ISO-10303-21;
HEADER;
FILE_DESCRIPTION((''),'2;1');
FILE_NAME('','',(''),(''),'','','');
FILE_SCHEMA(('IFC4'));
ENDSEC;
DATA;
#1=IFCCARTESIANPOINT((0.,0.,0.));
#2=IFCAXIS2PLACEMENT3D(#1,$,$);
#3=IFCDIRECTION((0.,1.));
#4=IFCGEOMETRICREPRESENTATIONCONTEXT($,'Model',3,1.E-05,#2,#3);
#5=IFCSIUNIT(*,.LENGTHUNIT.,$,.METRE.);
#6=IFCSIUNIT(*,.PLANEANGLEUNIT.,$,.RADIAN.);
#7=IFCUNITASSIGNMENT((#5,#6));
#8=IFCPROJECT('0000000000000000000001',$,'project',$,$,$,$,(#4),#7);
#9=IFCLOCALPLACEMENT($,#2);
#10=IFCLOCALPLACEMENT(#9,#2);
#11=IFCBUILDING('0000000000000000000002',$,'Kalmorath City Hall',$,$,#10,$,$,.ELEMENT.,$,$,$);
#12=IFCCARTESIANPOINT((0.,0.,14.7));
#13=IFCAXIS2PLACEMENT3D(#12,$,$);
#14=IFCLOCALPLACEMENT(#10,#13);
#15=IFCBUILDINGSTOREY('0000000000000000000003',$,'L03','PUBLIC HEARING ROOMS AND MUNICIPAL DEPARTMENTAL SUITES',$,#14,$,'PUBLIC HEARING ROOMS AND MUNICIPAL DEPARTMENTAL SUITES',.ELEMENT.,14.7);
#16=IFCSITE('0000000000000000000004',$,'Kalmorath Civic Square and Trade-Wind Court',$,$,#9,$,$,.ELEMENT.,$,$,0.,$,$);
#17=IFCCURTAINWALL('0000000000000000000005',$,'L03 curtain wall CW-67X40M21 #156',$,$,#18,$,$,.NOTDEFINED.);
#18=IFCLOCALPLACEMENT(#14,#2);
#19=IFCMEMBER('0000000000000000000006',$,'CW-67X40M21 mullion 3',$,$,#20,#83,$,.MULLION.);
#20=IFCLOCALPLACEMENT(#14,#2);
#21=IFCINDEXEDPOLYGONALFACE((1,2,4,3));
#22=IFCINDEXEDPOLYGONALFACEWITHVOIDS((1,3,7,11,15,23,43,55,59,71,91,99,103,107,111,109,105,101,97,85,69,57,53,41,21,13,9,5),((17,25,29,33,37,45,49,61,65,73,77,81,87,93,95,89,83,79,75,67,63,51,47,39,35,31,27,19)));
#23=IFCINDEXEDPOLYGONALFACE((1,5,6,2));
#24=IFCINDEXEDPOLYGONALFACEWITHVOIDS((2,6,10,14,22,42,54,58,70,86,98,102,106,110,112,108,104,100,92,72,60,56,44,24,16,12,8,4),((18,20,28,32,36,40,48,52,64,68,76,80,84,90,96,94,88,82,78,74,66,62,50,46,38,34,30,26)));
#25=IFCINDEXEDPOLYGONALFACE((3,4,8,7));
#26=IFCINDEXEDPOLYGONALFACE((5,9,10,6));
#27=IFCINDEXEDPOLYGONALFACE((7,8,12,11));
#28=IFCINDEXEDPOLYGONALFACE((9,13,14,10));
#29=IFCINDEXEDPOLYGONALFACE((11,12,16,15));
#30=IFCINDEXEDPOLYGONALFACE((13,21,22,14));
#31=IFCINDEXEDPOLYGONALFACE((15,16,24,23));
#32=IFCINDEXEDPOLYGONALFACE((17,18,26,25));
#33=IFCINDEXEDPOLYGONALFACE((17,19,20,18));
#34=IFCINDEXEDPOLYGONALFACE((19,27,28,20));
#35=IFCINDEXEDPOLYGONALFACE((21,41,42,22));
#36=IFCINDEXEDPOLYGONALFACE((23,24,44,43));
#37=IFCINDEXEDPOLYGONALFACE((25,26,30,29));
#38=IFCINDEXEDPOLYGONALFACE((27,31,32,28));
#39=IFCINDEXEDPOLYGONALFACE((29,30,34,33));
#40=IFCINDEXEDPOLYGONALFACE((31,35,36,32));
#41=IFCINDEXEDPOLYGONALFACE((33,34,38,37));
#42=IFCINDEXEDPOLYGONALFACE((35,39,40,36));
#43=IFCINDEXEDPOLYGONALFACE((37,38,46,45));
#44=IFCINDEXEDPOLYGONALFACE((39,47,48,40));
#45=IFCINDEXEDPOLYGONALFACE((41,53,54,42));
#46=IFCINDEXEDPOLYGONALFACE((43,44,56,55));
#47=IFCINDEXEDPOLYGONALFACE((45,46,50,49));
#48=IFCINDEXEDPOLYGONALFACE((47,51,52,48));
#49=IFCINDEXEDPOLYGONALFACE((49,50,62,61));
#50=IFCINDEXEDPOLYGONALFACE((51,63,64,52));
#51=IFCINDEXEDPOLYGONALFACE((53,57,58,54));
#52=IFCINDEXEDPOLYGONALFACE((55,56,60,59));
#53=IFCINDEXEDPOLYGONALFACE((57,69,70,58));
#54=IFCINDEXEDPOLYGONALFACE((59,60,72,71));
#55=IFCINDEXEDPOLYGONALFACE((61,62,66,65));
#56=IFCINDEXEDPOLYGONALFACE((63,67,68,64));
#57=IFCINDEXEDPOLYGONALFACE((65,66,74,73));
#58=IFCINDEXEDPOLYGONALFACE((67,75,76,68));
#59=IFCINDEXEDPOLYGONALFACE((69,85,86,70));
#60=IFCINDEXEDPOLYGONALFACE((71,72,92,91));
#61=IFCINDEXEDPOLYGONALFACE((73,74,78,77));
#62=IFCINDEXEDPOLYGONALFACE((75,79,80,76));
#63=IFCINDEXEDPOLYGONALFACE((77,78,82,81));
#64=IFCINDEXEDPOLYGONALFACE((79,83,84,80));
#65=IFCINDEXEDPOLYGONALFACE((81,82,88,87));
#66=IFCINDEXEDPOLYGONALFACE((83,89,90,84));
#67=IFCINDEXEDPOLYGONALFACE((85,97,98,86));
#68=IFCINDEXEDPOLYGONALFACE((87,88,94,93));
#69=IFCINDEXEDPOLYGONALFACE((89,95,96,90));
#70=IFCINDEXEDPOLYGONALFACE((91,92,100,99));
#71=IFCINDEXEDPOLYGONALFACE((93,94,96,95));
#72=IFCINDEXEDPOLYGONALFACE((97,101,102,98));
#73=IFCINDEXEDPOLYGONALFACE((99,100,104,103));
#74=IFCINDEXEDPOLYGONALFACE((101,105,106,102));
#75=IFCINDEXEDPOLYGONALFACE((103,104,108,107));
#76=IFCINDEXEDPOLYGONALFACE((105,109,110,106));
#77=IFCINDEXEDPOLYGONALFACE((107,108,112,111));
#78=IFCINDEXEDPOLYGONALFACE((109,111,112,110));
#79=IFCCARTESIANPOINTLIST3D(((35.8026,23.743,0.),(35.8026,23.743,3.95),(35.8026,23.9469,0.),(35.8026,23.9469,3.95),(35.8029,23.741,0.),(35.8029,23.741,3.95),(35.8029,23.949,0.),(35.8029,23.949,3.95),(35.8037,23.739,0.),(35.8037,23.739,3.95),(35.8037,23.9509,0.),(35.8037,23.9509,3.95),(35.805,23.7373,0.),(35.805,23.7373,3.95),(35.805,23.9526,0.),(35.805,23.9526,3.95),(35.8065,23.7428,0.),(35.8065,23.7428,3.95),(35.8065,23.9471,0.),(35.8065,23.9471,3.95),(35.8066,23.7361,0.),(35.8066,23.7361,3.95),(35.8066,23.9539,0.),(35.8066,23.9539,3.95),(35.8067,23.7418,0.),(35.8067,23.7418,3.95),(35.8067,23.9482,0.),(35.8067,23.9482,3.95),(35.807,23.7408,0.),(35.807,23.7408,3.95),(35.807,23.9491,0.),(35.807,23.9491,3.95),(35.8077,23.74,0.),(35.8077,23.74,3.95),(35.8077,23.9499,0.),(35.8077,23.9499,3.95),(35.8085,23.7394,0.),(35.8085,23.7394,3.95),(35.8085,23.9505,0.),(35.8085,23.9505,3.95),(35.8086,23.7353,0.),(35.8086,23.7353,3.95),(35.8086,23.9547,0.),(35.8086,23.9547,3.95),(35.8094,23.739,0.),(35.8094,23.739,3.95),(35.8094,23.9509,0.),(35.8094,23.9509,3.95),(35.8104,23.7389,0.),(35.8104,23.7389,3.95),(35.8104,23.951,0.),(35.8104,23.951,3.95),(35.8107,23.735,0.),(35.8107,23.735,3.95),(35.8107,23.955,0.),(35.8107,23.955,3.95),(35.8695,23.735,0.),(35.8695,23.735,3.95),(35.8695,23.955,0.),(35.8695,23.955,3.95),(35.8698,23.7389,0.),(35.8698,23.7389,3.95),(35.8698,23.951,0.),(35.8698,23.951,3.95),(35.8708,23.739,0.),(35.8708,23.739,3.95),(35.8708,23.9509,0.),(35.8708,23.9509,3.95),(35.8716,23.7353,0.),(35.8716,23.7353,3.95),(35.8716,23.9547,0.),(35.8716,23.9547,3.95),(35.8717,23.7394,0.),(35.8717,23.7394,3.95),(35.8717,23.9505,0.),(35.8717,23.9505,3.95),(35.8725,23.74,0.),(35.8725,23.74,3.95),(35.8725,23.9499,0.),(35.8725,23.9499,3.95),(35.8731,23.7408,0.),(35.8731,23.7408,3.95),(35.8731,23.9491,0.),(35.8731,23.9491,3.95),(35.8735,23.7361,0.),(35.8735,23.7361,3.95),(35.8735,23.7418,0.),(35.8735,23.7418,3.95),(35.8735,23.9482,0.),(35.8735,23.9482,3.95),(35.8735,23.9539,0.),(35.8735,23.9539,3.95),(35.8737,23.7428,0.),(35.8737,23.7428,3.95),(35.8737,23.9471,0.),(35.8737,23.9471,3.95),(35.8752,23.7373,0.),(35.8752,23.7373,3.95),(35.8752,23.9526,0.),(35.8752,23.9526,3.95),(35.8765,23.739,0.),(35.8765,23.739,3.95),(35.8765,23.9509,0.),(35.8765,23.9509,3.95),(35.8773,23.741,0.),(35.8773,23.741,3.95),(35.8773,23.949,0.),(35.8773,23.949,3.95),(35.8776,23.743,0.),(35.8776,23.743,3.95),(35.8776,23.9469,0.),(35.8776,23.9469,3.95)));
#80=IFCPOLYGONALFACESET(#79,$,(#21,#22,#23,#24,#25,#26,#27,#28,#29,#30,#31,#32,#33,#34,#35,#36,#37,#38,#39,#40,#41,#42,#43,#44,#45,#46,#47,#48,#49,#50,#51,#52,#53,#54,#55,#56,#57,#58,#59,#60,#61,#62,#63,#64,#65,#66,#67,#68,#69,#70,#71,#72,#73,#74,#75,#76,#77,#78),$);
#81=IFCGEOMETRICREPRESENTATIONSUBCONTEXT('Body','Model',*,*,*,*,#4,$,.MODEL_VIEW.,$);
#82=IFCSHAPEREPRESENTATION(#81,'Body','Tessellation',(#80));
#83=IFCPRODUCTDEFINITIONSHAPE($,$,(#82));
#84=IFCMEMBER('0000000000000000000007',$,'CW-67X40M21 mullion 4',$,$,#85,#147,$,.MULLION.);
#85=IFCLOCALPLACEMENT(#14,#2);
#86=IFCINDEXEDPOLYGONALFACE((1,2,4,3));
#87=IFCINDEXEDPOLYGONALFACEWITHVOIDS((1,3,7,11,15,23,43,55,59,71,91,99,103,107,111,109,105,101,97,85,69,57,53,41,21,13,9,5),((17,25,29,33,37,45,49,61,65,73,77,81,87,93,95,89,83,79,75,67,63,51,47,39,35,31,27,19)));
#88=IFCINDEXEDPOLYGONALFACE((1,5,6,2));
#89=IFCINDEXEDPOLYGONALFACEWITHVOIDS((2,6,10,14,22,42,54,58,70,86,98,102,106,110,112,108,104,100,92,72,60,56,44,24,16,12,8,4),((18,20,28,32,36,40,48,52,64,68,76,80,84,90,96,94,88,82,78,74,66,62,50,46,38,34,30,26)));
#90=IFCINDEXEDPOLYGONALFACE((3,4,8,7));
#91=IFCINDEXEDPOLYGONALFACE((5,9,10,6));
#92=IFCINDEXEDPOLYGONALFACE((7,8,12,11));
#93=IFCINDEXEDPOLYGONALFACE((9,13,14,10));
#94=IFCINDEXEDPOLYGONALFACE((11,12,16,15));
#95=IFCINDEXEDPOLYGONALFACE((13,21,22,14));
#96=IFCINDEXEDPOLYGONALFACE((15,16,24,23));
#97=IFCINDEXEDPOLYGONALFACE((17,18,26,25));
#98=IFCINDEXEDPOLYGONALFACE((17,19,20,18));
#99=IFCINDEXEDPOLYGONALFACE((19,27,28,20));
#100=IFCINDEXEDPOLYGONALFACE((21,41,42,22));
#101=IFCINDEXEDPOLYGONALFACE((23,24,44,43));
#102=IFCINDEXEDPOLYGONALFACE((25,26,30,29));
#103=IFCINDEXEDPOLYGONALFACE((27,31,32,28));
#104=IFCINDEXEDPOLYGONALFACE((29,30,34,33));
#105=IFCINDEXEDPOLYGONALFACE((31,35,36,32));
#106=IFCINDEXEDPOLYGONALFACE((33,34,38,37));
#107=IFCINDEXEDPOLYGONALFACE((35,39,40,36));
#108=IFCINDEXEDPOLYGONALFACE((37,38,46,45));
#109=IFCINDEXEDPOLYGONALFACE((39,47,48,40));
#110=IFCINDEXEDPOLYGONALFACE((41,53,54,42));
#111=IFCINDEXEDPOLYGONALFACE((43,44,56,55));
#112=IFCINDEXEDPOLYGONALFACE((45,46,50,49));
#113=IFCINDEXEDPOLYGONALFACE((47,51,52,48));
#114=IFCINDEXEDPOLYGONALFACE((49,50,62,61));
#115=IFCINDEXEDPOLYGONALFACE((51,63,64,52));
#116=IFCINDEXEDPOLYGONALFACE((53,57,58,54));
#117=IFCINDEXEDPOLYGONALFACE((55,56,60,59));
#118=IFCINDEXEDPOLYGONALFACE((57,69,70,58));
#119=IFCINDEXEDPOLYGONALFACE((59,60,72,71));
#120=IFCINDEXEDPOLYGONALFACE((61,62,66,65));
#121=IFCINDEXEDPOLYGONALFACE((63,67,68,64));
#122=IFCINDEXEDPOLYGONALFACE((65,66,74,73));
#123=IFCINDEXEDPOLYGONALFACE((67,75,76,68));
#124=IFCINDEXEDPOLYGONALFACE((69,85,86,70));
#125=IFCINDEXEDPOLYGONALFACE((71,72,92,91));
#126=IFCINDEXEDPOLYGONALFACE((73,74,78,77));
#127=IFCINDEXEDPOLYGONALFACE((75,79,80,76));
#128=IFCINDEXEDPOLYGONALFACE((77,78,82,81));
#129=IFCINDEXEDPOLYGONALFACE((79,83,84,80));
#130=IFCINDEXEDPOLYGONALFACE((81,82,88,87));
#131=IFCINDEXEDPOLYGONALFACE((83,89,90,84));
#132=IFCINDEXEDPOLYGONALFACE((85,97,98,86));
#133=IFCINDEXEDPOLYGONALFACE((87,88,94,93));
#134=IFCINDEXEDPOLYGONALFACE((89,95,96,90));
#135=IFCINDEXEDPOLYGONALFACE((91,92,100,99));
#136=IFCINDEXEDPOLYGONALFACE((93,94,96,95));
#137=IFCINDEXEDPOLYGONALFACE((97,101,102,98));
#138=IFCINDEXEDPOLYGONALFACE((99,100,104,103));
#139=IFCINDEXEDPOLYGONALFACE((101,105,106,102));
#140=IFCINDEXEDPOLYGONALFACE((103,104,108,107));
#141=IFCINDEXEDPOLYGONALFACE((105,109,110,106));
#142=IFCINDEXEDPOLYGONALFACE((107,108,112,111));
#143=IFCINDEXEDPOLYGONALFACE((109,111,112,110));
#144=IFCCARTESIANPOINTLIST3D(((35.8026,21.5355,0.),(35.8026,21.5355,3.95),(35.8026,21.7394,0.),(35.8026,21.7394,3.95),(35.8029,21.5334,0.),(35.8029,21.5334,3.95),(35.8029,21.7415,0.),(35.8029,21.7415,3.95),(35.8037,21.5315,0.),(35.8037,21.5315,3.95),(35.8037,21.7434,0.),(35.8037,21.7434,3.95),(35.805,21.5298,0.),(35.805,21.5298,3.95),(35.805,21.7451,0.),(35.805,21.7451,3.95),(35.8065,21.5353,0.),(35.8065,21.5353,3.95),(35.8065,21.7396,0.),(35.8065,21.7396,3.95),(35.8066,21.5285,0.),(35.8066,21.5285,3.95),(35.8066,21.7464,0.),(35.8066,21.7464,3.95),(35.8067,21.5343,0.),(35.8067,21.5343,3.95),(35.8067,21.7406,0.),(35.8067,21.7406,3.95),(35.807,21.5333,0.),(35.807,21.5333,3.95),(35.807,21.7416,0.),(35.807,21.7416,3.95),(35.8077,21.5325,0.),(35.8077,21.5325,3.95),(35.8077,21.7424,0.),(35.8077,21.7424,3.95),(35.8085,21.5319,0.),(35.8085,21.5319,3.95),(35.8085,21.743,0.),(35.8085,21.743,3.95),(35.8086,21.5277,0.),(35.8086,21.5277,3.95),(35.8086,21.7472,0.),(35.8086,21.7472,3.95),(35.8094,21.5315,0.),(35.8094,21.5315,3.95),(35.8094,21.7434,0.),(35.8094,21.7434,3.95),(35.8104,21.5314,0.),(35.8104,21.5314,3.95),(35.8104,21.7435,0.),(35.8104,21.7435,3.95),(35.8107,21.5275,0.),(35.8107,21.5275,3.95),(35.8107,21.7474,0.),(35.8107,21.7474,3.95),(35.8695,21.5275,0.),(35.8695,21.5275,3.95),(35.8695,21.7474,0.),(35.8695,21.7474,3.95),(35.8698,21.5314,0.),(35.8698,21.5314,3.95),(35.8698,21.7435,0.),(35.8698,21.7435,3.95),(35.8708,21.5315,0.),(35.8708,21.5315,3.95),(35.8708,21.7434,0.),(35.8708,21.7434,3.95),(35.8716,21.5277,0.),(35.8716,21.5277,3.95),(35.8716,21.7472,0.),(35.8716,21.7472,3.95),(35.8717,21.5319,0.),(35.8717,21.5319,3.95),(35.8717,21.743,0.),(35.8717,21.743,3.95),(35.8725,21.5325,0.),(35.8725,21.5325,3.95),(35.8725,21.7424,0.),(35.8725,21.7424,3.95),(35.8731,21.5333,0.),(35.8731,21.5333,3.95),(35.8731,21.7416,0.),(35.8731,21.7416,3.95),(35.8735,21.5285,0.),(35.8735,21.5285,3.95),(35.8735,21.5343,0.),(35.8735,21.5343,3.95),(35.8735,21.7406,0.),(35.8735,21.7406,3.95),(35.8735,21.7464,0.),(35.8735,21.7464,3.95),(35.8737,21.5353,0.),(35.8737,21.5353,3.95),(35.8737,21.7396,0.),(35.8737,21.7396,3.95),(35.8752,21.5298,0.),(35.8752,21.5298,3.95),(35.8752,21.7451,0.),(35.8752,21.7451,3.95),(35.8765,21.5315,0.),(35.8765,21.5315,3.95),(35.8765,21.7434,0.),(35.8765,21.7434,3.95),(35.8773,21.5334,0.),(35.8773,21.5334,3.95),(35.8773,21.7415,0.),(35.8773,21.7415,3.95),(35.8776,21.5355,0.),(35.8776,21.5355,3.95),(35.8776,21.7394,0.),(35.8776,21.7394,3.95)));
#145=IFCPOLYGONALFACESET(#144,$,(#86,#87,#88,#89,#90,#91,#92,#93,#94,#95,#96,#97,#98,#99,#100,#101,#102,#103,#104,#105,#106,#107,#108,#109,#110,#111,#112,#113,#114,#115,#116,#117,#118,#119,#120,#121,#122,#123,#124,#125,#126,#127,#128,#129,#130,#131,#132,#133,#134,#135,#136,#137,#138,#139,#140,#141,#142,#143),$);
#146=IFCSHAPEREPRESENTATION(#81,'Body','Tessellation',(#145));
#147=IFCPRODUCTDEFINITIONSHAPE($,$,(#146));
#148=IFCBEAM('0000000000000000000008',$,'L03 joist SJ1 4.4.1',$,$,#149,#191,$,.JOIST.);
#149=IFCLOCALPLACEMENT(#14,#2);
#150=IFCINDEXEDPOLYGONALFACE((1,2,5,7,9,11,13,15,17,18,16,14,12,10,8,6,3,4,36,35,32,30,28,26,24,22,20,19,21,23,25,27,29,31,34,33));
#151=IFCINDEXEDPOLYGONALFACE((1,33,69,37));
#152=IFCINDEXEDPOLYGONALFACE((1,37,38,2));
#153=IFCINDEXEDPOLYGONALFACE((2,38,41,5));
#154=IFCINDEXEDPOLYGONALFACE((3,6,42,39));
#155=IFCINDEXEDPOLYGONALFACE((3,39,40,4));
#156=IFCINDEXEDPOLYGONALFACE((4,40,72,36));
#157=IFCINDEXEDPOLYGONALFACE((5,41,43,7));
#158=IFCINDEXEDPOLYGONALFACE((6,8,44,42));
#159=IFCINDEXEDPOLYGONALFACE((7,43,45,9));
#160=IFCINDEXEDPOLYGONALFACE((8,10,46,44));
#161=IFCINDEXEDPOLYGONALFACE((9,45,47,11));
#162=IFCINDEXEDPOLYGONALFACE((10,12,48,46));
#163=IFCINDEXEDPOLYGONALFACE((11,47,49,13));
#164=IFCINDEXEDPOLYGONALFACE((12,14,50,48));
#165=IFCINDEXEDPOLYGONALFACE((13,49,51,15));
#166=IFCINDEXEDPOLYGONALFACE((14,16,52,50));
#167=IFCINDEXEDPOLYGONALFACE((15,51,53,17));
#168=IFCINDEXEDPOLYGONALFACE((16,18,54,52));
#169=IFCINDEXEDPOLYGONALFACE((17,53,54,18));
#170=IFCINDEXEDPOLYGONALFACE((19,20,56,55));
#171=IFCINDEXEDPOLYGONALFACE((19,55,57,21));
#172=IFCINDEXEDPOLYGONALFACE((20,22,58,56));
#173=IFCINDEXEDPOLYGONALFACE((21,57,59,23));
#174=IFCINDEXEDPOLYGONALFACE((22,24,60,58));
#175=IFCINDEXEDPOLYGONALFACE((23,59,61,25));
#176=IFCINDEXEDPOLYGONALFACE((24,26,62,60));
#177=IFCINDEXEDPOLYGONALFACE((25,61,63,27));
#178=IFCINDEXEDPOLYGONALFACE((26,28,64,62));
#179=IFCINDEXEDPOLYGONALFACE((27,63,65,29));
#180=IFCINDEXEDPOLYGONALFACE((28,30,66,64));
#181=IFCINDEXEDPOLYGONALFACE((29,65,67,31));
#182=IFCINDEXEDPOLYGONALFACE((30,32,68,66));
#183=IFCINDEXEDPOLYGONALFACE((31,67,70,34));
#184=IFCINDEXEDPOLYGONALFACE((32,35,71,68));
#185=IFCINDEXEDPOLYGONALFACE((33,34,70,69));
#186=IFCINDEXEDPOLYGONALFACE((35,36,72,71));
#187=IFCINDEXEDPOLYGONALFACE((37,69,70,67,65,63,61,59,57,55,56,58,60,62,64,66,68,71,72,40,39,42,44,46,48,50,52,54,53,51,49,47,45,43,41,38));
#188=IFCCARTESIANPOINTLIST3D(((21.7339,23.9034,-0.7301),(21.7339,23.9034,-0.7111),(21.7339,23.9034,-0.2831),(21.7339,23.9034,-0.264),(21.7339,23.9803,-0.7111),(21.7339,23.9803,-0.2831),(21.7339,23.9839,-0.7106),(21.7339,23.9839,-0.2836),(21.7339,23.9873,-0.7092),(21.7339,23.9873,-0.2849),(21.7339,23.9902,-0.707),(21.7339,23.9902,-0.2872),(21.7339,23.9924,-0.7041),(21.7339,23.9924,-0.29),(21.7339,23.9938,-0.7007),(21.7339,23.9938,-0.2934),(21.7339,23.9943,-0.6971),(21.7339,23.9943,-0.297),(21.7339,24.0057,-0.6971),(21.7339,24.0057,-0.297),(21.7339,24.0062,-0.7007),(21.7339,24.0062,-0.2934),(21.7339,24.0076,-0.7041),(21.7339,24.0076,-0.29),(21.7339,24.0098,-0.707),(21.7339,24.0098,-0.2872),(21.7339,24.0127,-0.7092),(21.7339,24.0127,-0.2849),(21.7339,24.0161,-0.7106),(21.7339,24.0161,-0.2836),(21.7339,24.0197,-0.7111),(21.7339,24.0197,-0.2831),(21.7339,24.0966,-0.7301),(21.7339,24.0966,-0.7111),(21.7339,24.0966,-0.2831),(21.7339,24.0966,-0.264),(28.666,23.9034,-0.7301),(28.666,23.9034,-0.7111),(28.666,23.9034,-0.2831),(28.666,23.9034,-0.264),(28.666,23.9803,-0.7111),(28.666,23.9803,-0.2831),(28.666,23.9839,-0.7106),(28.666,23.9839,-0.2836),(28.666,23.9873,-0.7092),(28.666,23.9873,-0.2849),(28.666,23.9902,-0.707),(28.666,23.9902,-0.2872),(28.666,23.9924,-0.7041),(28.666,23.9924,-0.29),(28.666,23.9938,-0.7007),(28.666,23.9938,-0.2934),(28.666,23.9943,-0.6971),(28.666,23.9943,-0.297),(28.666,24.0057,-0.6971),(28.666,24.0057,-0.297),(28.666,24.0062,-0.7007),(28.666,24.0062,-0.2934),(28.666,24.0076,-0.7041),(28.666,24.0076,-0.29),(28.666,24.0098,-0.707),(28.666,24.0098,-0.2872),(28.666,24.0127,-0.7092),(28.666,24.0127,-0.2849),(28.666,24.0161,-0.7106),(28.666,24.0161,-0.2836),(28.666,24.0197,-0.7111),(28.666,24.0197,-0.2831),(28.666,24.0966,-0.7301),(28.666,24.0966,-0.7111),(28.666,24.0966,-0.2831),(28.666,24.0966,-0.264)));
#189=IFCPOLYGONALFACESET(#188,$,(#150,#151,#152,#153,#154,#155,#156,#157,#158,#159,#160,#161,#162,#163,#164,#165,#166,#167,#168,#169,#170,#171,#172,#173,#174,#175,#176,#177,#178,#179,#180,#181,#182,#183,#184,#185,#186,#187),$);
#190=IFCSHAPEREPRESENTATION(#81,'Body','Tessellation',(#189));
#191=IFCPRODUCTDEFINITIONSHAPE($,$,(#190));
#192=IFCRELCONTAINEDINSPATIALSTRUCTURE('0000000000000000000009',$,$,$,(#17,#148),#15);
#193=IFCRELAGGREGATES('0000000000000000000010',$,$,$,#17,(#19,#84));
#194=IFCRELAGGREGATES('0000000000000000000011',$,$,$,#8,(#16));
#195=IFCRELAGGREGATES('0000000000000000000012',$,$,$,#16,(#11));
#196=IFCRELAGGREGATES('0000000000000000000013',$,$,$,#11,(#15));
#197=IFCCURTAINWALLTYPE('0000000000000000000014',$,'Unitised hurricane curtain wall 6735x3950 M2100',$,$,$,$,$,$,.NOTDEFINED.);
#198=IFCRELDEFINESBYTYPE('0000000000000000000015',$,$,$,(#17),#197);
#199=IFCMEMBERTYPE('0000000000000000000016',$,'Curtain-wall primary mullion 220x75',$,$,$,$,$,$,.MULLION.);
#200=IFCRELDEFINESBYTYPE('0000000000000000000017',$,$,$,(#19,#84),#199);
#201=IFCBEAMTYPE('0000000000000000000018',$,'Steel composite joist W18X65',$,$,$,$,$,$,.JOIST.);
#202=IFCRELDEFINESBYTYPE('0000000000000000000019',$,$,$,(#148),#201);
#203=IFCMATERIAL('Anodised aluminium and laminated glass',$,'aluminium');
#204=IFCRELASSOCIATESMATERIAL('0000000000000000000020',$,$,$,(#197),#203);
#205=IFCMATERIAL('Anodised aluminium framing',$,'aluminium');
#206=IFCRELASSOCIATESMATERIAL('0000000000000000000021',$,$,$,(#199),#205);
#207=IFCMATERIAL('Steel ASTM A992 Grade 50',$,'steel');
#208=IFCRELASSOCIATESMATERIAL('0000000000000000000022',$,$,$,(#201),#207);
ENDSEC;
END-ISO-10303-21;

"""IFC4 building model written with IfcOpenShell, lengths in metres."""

from ifc_helpers import new_model, si_unit, direction, frame, origin, origin_2d, place, context, subcontext, project, spatial, hollow_rectangle, i_section, extrude, material, material_profile, profile_set, type_object, element, aggregate, save


model = new_model("IFC4")

# Units and contexts
model_context = context("Model", 3, precision=1e-05, world=origin(), true_north=direction((0.0, 1.0)))
body_context = subcontext(model_context, "Body", "Model", "MODEL_VIEW")
ifc_project = project(units=[si_unit("LENGTHUNIT", "METRE"), si_unit("PLANEANGLEUNIT", "RADIAN")], contexts=[model_context])

# Site, building, storey
site_placement = place(None, origin())
site = spatial("IfcSite", under=ifc_project, at=site_placement, Name="Kalmorath Civic Square and Trade-Wind Court", CompositionType="ELEMENT", RefElevation=0.0)
building_placement = place(site_placement, origin())
building = spatial("IfcBuilding", under=site, at=building_placement, Name="Kalmorath City Hall", CompositionType="ELEMENT")
storey_placement = place(building_placement, frame((0.0, 0.0, 14.7)))
storey = spatial("IfcBuildingStorey", under=building, at=storey_placement, Name="L03", Description="PUBLIC HEARING ROOMS AND MUNICIPAL DEPARTMENTAL SUITES", LongName="PUBLIC HEARING ROOMS AND MUNICIPAL DEPARTMENTAL SUITES", CompositionType="ELEMENT", Elevation=14.7)

# Curtain wall, members
ifc_material_1 = material(Name="Anodised aluminium and laminated glass", Category="aluminium")
curtain_wall_type = type_object("IfcCurtainWallType", Name="Unitised hurricane curtain wall 6735x3950 M2100", PredefinedType="NOTDEFINED", material=ifc_material_1)
curtain_wall_placement = place(storey_placement, origin())
curtain_wall = element("IfcCurtainWall", 1, at=curtain_wall_placement, inside=storey, type_object=curtain_wall_type, Name="L03 curtain wall CW-67X40M21 #156", PredefinedType="NOTDEFINED")
ifc_material_2 = material(Name="Anodised aluminium framing", Category="aluminium")
ifc_material_profile_1 = material_profile(ifc_material_2, hollow_rectangle(XDim=0.075, YDim=0.22, WallThickness=0.0039, InnerFilletRadius=0.0039, OuterFilletRadius=0.0081, at=origin_2d()), Name="ALU-MUL-220X75X4")
ifc_profile_set_1 = profile_set([ifc_material_profile_1], Name="Anodised aluminium framing")
member_type = type_object("IfcMemberType", Name="Curtain-wall primary mullion 220x75", PredefinedType="MULLION", material=ifc_profile_set_1)
member_1_placement = place(storey_placement, frame((35.8401, 23.845, 0.0), z_axis=(0.0, 0.0, 1.0), x_axis=(1.0, 0.0, 0.0)))
member_1 = element("IfcMember", 2, at=member_1_placement, type_object=member_type, Name="CW-67X40M21 mullion 3", PredefinedType="MULLION", context=body_context, shape_type="SweptSolid", body=[
    extrude(hollow_rectangle(XDim=0.075, YDim=0.22, WallThickness=0.0039, InnerFilletRadius=0.0039, OuterFilletRadius=0.0081, at=origin_2d()), origin(), (0.0, 0.0, 1.0), 3.95),
])
member_2_placement = place(storey_placement, frame((35.8401, 21.6375, 0.0), z_axis=(0.0, 0.0, 1.0), x_axis=(1.0, 0.0, 0.0)))
member_2 = element("IfcMember", 3, at=member_2_placement, type_object=member_type, Name="CW-67X40M21 mullion 4", PredefinedType="MULLION", context=body_context, shape_type="SweptSolid", body=[
    extrude(hollow_rectangle(XDim=0.075, YDim=0.22, WallThickness=0.0039, InnerFilletRadius=0.0039, OuterFilletRadius=0.0081, at=origin_2d()), origin(), (0.0, 0.0, 1.0), 3.95),
])
aggregate(curtain_wall, [member_1, member_2])

# Beam
ifc_material_3 = material(Name="Steel ASTM A992 Grade 50", Category="steel")
ifc_material_profile_2 = material_profile(ifc_material_3, i_section(OverallWidth=0.1931, OverallDepth=0.4661, WebThickness=0.0115, FlangeThickness=0.019, FilletRadius=0.0139, at=origin_2d()), Name="W18X65")
ifc_profile_set_2 = profile_set([ifc_material_profile_2], Name="Steel ASTM A992 Grade 50")
beam_type_1 = type_object("IfcBeamType", Name="Steel composite joist W18X65", PredefinedType="JOIST", material=ifc_profile_set_2)
for number, where, z_axis, x_axis, name in (
    (4, (21.7339, 24.0, -0.4971), (1.0, 0.0, 0.0), (0.0, 1.0, 0.0), "L03 joist SJ1 4.4.1"),
):
    element("IfcBeam", number, at=place(storey_placement, frame(where, z_axis=z_axis, x_axis=x_axis)), inside=storey, type_object=beam_type_1, Name=name, PredefinedType="JOIST", context=body_context, shape_type="SweptSolid", body=[
        extrude(i_section(OverallWidth=0.1931, OverallDepth=0.4661, WebThickness=0.0115, FlangeThickness=0.019, FilletRadius=0.0139, at=origin_2d()), origin(), (0.0, 0.0, 1.0), 6.9321),
    ])

save(model, "model.ifc")
